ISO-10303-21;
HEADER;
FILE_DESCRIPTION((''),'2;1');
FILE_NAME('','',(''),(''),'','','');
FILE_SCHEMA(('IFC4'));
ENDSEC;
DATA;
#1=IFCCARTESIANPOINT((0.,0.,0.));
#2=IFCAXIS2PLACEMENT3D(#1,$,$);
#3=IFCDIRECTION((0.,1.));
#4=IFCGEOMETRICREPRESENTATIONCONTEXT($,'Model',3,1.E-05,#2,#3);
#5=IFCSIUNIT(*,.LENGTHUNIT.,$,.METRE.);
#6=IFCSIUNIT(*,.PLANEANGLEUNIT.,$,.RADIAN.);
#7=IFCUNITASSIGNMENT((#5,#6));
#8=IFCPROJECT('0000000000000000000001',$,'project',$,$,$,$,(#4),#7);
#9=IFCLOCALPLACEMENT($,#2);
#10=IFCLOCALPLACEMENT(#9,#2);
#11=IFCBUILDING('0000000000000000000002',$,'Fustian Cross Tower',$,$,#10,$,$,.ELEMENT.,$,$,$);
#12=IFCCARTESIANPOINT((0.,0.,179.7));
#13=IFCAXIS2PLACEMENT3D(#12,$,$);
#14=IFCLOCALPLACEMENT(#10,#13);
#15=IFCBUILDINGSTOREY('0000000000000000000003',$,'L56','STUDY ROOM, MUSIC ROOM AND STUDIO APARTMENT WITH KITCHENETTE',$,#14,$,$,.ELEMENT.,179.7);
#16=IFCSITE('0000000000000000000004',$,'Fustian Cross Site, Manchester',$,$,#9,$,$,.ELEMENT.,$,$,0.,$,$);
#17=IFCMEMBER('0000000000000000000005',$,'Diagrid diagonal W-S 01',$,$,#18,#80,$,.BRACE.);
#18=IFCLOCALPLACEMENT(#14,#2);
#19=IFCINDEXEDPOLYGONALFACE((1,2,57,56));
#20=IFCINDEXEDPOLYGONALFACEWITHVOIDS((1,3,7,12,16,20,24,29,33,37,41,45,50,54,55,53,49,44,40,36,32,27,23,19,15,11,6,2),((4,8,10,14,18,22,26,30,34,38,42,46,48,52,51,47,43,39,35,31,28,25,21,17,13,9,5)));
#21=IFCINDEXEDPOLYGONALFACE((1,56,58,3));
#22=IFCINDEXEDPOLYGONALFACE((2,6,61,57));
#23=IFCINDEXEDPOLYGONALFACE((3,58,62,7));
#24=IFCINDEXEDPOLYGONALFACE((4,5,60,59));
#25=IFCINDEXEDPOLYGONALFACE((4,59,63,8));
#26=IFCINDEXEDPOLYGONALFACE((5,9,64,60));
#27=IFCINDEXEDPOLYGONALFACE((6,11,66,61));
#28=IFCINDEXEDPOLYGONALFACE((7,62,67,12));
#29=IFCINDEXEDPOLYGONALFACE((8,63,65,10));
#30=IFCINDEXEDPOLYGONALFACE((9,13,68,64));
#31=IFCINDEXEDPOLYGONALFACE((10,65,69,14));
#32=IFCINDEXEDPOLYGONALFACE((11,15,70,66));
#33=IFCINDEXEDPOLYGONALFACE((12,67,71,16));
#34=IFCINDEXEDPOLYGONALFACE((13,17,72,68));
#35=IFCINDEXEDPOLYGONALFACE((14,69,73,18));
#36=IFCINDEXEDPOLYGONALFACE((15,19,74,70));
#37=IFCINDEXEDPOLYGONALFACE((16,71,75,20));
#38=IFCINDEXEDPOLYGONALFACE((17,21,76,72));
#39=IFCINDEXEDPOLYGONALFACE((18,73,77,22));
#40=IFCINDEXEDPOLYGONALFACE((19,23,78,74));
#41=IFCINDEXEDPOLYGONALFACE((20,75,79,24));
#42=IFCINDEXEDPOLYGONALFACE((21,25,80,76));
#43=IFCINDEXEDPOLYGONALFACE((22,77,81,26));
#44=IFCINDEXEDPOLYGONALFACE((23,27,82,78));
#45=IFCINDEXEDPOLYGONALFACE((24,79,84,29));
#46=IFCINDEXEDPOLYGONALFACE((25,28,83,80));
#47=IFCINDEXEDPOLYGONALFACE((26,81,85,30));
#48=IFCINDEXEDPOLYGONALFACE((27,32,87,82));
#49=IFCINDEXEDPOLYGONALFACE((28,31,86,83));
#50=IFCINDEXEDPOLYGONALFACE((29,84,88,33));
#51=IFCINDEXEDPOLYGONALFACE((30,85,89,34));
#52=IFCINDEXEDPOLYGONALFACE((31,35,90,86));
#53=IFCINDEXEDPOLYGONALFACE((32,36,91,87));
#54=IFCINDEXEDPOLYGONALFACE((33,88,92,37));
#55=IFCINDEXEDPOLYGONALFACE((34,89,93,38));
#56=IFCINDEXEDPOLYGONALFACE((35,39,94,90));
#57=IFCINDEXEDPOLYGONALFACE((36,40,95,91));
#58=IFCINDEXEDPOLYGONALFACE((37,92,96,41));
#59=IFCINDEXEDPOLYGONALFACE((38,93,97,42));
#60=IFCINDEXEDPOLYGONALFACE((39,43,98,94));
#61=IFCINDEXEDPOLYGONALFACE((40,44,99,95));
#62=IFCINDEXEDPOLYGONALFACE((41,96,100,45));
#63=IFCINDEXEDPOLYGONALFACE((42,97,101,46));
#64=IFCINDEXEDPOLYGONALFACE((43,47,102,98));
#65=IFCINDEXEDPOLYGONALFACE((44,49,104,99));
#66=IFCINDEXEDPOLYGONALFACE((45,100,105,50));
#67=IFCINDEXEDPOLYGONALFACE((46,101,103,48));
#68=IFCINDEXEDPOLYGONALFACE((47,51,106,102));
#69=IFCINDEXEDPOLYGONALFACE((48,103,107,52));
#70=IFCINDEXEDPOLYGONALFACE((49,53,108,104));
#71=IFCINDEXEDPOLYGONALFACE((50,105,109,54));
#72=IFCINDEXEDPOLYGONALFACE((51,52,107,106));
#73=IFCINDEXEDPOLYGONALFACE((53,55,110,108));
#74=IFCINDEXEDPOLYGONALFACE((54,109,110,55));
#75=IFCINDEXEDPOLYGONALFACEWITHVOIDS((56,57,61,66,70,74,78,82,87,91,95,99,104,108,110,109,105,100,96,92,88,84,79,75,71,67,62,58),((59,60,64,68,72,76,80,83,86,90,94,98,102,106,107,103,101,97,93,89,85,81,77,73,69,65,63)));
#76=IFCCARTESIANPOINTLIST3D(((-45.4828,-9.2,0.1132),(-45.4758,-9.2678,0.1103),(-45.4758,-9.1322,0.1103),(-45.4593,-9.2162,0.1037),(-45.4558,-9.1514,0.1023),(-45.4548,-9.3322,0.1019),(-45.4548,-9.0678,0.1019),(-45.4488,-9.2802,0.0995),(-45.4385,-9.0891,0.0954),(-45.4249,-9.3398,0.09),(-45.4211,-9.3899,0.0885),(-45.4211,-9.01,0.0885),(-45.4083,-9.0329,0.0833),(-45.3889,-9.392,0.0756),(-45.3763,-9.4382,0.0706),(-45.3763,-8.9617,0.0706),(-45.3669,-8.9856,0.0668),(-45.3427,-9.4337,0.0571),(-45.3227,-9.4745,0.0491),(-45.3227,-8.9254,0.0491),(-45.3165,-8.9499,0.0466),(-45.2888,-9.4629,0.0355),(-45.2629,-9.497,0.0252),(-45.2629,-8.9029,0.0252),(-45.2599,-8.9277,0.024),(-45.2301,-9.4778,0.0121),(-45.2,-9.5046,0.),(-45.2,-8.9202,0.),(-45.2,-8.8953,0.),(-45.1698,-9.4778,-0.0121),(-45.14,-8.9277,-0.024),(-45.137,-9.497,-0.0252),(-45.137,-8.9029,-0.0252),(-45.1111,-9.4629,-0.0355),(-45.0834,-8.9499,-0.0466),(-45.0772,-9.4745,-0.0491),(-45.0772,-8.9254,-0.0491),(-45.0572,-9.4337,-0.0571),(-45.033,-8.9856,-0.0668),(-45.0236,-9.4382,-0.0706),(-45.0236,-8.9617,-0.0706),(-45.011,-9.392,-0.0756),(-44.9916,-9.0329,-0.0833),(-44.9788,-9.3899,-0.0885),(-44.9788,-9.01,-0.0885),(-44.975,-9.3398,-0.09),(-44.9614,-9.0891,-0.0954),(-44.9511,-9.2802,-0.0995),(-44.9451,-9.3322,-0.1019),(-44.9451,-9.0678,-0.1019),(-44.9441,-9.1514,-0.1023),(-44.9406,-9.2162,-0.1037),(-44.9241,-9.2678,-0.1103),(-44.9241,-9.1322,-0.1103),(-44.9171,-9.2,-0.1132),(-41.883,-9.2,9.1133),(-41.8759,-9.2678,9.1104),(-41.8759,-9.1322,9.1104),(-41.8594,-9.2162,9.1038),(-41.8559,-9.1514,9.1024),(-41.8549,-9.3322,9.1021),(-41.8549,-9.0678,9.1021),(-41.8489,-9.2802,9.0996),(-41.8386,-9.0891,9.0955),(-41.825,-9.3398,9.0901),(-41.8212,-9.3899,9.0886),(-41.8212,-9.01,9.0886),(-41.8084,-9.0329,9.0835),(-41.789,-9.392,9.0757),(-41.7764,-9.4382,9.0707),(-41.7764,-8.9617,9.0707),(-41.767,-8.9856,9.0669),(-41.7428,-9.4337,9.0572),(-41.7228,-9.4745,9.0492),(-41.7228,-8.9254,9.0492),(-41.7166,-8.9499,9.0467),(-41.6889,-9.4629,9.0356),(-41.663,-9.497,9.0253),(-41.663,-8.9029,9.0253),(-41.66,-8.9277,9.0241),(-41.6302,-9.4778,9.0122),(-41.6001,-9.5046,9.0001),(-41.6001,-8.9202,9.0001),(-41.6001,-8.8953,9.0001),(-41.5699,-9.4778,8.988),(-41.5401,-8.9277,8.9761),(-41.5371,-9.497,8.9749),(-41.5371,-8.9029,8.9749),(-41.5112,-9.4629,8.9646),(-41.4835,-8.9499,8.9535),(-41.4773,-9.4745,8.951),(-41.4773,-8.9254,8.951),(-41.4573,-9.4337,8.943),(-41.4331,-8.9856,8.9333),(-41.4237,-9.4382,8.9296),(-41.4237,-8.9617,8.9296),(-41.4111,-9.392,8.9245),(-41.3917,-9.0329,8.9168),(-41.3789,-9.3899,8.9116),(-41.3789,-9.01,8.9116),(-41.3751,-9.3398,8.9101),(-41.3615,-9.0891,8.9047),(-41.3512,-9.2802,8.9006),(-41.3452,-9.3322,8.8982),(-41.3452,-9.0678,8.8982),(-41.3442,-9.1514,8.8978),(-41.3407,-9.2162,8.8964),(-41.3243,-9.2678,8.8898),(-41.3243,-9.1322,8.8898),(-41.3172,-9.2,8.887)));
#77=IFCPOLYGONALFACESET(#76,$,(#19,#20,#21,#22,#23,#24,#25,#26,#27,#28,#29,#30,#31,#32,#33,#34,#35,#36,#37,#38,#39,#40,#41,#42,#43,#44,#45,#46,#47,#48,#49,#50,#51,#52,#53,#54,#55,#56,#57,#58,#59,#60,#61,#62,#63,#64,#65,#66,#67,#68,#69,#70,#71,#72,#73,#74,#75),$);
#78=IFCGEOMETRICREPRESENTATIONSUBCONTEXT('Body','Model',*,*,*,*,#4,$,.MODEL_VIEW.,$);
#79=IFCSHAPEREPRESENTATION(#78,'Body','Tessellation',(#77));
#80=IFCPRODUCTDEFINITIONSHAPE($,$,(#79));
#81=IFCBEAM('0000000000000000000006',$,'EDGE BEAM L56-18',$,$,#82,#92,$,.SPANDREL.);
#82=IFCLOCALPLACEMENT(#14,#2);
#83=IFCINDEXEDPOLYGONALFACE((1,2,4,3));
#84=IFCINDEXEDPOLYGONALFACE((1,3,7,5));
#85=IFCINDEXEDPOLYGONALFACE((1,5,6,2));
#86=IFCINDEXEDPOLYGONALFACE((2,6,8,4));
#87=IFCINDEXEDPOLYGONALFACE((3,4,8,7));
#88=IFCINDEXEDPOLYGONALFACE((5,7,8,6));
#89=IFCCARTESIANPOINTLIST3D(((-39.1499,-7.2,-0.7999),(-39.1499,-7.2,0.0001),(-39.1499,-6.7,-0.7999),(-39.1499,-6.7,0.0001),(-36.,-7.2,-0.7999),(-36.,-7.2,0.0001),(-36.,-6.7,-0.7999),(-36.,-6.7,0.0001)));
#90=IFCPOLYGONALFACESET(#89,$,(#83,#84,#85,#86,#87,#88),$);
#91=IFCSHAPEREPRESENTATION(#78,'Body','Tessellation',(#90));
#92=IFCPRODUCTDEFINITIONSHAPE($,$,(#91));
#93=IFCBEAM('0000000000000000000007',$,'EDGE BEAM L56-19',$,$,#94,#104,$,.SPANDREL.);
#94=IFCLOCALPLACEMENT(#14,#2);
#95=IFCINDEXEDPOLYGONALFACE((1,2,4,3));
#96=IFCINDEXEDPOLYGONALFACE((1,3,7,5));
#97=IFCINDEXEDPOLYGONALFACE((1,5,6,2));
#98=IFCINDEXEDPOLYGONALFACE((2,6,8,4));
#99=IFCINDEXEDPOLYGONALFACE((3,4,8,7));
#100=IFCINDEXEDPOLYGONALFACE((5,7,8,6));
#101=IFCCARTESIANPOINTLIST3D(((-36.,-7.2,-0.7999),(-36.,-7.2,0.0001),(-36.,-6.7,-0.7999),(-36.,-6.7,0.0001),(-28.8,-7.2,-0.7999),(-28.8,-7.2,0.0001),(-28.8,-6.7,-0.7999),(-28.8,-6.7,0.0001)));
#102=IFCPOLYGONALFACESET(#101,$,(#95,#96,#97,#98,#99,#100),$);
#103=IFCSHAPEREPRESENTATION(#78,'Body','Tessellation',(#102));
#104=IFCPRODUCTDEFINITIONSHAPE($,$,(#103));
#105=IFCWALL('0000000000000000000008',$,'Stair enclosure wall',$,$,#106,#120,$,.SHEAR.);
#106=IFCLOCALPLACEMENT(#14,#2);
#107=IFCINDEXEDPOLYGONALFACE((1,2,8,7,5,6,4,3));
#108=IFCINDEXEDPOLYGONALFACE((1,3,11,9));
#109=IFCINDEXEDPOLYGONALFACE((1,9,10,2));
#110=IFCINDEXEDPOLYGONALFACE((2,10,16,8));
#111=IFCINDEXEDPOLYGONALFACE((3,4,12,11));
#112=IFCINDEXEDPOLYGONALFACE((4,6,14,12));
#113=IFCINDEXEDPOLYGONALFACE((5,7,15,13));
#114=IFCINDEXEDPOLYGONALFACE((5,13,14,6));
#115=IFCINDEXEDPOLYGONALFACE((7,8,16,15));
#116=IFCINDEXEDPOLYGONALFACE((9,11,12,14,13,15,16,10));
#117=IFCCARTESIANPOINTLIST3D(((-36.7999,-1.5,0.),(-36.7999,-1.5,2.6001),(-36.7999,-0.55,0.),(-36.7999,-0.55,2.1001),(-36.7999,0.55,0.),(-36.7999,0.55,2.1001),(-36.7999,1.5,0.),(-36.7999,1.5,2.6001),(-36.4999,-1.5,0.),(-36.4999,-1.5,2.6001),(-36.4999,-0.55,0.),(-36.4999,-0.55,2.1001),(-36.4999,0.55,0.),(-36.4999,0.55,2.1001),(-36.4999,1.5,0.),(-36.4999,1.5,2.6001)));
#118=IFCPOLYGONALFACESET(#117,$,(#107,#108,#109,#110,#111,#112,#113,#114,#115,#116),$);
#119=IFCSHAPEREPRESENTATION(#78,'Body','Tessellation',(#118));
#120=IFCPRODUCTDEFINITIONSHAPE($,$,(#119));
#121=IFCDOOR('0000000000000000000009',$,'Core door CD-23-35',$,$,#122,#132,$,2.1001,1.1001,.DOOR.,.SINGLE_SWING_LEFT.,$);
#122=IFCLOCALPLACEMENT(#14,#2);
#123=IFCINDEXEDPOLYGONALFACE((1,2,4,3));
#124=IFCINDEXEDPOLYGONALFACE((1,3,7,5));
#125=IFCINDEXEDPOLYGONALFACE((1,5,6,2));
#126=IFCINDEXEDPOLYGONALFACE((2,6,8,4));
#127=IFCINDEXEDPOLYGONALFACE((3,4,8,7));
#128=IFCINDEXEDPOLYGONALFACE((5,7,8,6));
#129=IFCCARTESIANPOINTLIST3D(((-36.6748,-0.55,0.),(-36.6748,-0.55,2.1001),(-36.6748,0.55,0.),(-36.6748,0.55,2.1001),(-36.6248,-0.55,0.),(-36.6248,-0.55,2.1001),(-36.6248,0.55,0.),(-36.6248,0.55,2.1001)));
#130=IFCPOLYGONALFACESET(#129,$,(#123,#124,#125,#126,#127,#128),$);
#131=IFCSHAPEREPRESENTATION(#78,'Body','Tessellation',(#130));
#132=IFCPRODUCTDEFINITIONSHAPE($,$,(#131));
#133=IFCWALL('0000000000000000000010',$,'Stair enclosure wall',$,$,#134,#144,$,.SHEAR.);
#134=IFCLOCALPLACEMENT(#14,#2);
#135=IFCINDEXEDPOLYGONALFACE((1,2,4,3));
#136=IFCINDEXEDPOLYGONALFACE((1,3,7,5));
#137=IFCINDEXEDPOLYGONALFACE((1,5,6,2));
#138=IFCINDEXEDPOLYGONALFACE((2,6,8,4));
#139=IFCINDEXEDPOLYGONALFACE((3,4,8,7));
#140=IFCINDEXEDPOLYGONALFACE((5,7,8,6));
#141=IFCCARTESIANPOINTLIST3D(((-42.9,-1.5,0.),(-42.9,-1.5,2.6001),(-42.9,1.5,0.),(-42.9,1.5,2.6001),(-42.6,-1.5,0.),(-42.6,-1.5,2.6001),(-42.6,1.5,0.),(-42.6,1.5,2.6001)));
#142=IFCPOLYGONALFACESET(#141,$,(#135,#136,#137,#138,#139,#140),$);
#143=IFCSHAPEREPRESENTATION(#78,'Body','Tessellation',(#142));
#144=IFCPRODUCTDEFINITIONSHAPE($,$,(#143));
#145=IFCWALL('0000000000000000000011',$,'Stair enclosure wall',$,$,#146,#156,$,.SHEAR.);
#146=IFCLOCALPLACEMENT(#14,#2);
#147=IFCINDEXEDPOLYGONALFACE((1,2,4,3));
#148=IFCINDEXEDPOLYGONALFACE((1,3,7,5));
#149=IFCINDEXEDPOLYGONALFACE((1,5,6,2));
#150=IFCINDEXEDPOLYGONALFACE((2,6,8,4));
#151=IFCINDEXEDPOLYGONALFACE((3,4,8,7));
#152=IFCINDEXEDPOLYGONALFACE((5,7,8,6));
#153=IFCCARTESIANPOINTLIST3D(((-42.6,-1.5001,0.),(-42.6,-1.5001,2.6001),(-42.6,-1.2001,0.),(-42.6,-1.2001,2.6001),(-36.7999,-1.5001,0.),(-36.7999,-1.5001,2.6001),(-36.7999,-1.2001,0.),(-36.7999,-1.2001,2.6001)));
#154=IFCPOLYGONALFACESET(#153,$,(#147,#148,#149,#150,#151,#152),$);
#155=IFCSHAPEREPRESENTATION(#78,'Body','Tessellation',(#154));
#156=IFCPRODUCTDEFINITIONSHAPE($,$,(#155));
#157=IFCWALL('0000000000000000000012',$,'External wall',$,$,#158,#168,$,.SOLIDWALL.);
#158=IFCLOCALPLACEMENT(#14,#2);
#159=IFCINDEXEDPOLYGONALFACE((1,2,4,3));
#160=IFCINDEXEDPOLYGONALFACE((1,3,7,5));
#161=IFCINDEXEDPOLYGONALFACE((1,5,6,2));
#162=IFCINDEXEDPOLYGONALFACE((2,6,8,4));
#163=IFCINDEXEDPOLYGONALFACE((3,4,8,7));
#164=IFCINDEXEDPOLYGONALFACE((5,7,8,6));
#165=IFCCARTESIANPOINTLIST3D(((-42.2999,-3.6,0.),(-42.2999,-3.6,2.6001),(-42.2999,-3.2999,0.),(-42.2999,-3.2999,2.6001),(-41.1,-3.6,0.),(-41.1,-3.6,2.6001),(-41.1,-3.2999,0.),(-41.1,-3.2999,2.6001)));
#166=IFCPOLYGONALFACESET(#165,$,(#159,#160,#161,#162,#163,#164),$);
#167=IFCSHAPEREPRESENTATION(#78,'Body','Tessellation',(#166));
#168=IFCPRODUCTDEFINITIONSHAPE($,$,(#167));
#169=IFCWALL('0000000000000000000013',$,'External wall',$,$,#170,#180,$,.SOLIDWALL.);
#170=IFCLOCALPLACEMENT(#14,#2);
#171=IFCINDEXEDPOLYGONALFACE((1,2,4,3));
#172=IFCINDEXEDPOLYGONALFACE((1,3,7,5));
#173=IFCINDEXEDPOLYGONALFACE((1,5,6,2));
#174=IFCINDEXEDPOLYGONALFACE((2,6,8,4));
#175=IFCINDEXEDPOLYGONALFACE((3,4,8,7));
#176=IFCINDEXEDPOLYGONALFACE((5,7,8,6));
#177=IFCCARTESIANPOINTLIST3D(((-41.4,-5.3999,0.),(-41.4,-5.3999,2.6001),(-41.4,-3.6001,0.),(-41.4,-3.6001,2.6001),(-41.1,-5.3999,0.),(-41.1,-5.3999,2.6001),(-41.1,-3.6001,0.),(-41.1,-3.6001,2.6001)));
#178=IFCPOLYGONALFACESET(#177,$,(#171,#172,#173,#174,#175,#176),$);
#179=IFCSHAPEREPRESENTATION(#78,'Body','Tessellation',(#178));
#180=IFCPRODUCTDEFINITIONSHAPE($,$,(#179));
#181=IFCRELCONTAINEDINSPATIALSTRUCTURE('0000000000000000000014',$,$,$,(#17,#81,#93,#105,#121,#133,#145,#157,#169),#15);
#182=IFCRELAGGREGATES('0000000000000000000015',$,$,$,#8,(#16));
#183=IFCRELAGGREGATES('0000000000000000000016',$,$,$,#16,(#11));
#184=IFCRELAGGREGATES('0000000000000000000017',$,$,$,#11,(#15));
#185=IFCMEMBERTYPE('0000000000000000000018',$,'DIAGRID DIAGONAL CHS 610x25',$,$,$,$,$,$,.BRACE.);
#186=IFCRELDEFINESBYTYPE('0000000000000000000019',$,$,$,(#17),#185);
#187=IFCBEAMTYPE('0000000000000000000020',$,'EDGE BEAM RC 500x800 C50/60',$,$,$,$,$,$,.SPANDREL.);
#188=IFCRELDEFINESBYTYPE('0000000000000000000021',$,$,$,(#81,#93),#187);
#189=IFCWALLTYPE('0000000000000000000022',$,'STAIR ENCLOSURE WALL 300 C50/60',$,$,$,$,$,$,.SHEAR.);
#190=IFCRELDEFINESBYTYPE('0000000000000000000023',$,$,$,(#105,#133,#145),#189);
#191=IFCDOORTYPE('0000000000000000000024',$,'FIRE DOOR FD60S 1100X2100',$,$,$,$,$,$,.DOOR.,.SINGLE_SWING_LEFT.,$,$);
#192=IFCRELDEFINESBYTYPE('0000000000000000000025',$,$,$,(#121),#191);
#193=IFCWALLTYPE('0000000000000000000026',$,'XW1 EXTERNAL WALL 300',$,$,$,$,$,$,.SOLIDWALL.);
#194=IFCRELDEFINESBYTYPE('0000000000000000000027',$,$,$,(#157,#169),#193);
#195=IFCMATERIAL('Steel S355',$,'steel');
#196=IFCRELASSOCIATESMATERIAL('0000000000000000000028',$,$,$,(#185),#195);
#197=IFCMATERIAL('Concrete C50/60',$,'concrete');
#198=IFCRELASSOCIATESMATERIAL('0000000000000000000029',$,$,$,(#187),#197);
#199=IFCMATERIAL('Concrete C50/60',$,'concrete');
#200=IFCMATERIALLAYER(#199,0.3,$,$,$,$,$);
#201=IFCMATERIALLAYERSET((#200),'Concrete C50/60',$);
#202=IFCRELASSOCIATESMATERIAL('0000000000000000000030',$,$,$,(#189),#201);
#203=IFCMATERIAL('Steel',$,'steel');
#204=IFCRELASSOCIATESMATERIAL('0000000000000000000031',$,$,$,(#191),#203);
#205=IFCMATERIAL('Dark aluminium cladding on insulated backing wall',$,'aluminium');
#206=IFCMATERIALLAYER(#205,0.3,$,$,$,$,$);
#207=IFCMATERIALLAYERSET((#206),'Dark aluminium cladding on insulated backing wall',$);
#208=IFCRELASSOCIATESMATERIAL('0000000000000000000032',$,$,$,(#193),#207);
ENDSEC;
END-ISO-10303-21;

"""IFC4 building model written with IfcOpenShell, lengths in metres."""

from ifc_helpers import new_model, si_unit, direction, frame, frame_2d, origin, origin_2d, place, context, subcontext, project, spatial, rectangle, hollow_circle, extrude, material, layer, layer_set, material_profile, profile_set, type_object, element, fill, save


model = new_model("IFC4")

# Units and contexts
model_context = context("Model", 3, precision=1e-05, world=origin(), true_north=direction((0.0, 1.0)))
body_context = subcontext(model_context, "Body", "Model", "MODEL_VIEW")
ifc_project = project(units=[si_unit("LENGTHUNIT", "METRE"), si_unit("PLANEANGLEUNIT", "RADIAN")], contexts=[model_context])

# Site, building, storey
site_placement = place(None, origin())
site = spatial("IfcSite", under=ifc_project, at=site_placement, Name="Fustian Cross Site, Manchester", CompositionType="ELEMENT", RefElevation=0.0)
building_placement = place(site_placement, origin())
building = spatial("IfcBuilding", under=site, at=building_placement, Name="Fustian Cross Tower", CompositionType="ELEMENT")
storey_placement = place(building_placement, frame((0.0, 0.0, 179.7)))
storey = spatial("IfcBuildingStorey", under=building, at=storey_placement, Name="L56", Description="STUDY ROOM, MUSIC ROOM AND STUDIO APARTMENT WITH KITCHENETTE", CompositionType="ELEMENT", Elevation=179.7)

# Member
ifc_material_1 = material(Name="Steel S355", Category="steel")
ifc_material_profile_1 = material_profile(ifc_material_1, hollow_circle(Radius=0.3047, WallThickness=0.0249, at=origin_2d()), Name="CHS 610x25")
ifc_profile_set_1 = profile_set([ifc_material_profile_1], Name="Steel S355")
member_type_1 = type_object("IfcMemberType", Name="DIAGRID DIAGONAL CHS 610x25", PredefinedType="BRACE", material=ifc_profile_set_1)
member_placement = place(storey_placement, frame((-45.2, -9.2, 0.0), z_axis=(0.371378, 0.0, 0.928482), x_axis=(0.0, 1.0, 0.0)))
element("IfcMember", 1, at=member_placement, inside=storey, type_object=member_type_1, Name="Diagrid diagonal W-S 01", PredefinedType="BRACE", context=body_context, shape_type="SweptSolid", body=[
    extrude(hollow_circle(Radius=0.3047, WallThickness=0.0249, at=origin_2d()), origin(), (0.0, 0.0, 1.0), 9.6934),
])

# Beams
ifc_material_2 = material(Name="Concrete C50/60", Category="concrete")
ifc_material_profile_2 = material_profile(ifc_material_2, rectangle(XDim=0.5, YDim=0.8, at=origin_2d()), Name="RC 500x800")
ifc_profile_set_2 = profile_set([ifc_material_profile_2], Name="Concrete C50/60")
beam_type = type_object("IfcBeamType", Name="EDGE BEAM RC 500x800 C50/60", PredefinedType="SPANDREL", material=ifc_profile_set_2)
beam_1_placement = place(storey_placement, frame((-39.1499, -6.95, -0.3999), z_axis=(1.0, 0.0, 0.0), x_axis=(0.0, 1.0, 0.0)))
element("IfcBeam", 2, at=beam_1_placement, inside=storey, type_object=beam_type, Name="EDGE BEAM L56-18", PredefinedType="SPANDREL", context=body_context, shape_type="SweptSolid", body=[
    extrude(rectangle(XDim=0.5, YDim=0.8, at=origin_2d()), origin(), (0.0, 0.0, 1.0), 3.1499),
])
beam_2_placement = place(storey_placement, frame((-36.0, -6.95, -0.3999), z_axis=(1.0, 0.0, 0.0), x_axis=(0.0, 1.0, 0.0)))
element("IfcBeam", 3, at=beam_2_placement, inside=storey, type_object=beam_type, Name="EDGE BEAM L56-19", PredefinedType="SPANDREL", context=body_context, shape_type="SweptSolid", body=[
    extrude(rectangle(XDim=0.5, YDim=0.8, at=origin_2d()), origin(), (0.0, 0.0, 1.0), 7.2),
])

# Wall, opening, door
ifc_material_3 = material(Name="Concrete C50/60", Category="concrete")
ifc_layer_1 = layer(ifc_material_3, 0.3)
ifc_layer_set_1 = layer_set([ifc_layer_1], Name="Concrete C50/60")
wall_type_1 = type_object("IfcWallType", Name="STAIR ENCLOSURE WALL 300 C50/60", PredefinedType="SHEAR", material=ifc_layer_set_1)
wall_1_placement = place(storey_placement, frame((-36.6499, -1.5, 0.0), z_axis=(0.0, 0.0, 1.0), x_axis=(0.0, 1.0, 0.0)))
wall_1 = element("IfcWall", 4, at=wall_1_placement, inside=storey, type_object=wall_type_1, Name="Stair enclosure wall", PredefinedType="SHEAR", context=body_context, shape_type="SweptSolid", body=[
    extrude(rectangle(XDim=3.0, YDim=0.3, at=frame_2d((1.5, 0.0))), origin(), (0.0, 0.0, 1.0), 2.6001),
])
opening_1_placement = place(wall_1_placement, frame((0.95, 0.0, 0.0)))
opening_1 = element("IfcOpeningElement", 5, at=opening_1_placement, cuts=wall_1, PredefinedType="OPENING", context=body_context, shape_type="SweptSolid", body=[
    extrude(rectangle(XDim=1.1001, YDim=2.1001, at=frame_2d((0.55, 1.05))), frame((0.0, 0.1599, 0.0), z_axis=(0.0, -1.0, 0.0), x_axis=(1.0, 0.0, 0.0)), (0.0, 0.0, 1.0), 0.3201),
])
ifc_material_4 = material(Name="Steel", Category="steel")
door_type = type_object("IfcDoorType", Name="FIRE DOOR FD60S 1100X2100", OperationType="SINGLE_SWING_LEFT", PredefinedType="DOOR", material=ifc_material_4)
door_placement = place(opening_1_placement, origin())
door = element("IfcDoor", 6, at=door_placement, inside=storey, type_object=door_type, Name="Core door CD-23-35", OperationType="SINGLE_SWING_LEFT", OverallHeight=2.1001, OverallWidth=1.1001, PredefinedType="DOOR", context=body_context, shape_type="SweptSolid", body=[
    extrude(rectangle(XDim=1.1001, YDim=2.1001, at=frame_2d((0.55, 1.05))), frame((0.0, 0.0249, 0.0), z_axis=(0.0, -1.0, 0.0), x_axis=(1.0, 0.0, 0.0)), (0.0, 0.0, 1.0), 0.05),
])
fill(opening_1, door)

# Walls
wall_2_placement = place(storey_placement, frame((-42.75, -1.5, 0.0), z_axis=(0.0, 0.0, 1.0), x_axis=(0.0, 1.0, 0.0)))
element("IfcWall", 7, at=wall_2_placement, inside=storey, type_object=wall_type_1, Name="Stair enclosure wall", PredefinedType="SHEAR", context=body_context, shape_type="SweptSolid", body=[
    extrude(rectangle(XDim=3.0, YDim=0.3, at=frame_2d((1.5, 0.0))), origin(), (0.0, 0.0, 1.0), 2.6001),
])
wall_3_placement = place(storey_placement, frame((-36.8, -1.3501, 0.0), z_axis=(0.0, 0.0, 1.0), x_axis=(-1.0, 0.0, 0.0)))
element("IfcWall", 8, at=wall_3_placement, inside=storey, type_object=wall_type_1, Name="Stair enclosure wall", PredefinedType="SHEAR", context=body_context, shape_type="SweptSolid", body=[
    extrude(rectangle(XDim=5.8, YDim=0.3, at=frame_2d((2.8999, 0.0))), origin(), (0.0, 0.0, 1.0), 2.6001),
])
ifc_material_5 = material(Name="Dark aluminium cladding on insulated backing wall", Category="aluminium")
ifc_layer_2 = layer(ifc_material_5, 0.3)
ifc_layer_set_2 = layer_set([ifc_layer_2], Name="Dark aluminium cladding on insulated backing wall")
wall_type_2 = type_object("IfcWallType", Name="XW1 EXTERNAL WALL 300", PredefinedType="SOLIDWALL", material=ifc_layer_set_2)
wall_4_placement = place(storey_placement, frame((-42.3, -3.45, 0.0), z_axis=(0.0, 0.0, 1.0), x_axis=(1.0, 0.0, 0.0)))
element("IfcWall", 9, at=wall_4_placement, inside=storey, type_object=wall_type_2, Name="External wall", PredefinedType="SOLIDWALL", context=body_context, shape_type="SweptSolid", body=[
    extrude(rectangle(XDim=1.2, YDim=0.3, at=frame_2d((0.6001, 0.0))), origin(), (0.0, 0.0, 1.0), 2.6001),
])
wall_5_placement = place(storey_placement, frame((-41.25, -3.6001, 0.0), z_axis=(0.0, 0.0, 1.0), x_axis=(0.0, -1.0, 0.0)))
element("IfcWall", 10, at=wall_5_placement, inside=storey, type_object=wall_type_2, Name="External wall", PredefinedType="SOLIDWALL", context=body_context, shape_type="SweptSolid", body=[
    extrude(rectangle(XDim=1.7998, YDim=0.3, at=frame_2d((0.8999, 0.0))), origin(), (0.0, 0.0, 1.0), 2.6001),
])

save(model, "model.ifc")
